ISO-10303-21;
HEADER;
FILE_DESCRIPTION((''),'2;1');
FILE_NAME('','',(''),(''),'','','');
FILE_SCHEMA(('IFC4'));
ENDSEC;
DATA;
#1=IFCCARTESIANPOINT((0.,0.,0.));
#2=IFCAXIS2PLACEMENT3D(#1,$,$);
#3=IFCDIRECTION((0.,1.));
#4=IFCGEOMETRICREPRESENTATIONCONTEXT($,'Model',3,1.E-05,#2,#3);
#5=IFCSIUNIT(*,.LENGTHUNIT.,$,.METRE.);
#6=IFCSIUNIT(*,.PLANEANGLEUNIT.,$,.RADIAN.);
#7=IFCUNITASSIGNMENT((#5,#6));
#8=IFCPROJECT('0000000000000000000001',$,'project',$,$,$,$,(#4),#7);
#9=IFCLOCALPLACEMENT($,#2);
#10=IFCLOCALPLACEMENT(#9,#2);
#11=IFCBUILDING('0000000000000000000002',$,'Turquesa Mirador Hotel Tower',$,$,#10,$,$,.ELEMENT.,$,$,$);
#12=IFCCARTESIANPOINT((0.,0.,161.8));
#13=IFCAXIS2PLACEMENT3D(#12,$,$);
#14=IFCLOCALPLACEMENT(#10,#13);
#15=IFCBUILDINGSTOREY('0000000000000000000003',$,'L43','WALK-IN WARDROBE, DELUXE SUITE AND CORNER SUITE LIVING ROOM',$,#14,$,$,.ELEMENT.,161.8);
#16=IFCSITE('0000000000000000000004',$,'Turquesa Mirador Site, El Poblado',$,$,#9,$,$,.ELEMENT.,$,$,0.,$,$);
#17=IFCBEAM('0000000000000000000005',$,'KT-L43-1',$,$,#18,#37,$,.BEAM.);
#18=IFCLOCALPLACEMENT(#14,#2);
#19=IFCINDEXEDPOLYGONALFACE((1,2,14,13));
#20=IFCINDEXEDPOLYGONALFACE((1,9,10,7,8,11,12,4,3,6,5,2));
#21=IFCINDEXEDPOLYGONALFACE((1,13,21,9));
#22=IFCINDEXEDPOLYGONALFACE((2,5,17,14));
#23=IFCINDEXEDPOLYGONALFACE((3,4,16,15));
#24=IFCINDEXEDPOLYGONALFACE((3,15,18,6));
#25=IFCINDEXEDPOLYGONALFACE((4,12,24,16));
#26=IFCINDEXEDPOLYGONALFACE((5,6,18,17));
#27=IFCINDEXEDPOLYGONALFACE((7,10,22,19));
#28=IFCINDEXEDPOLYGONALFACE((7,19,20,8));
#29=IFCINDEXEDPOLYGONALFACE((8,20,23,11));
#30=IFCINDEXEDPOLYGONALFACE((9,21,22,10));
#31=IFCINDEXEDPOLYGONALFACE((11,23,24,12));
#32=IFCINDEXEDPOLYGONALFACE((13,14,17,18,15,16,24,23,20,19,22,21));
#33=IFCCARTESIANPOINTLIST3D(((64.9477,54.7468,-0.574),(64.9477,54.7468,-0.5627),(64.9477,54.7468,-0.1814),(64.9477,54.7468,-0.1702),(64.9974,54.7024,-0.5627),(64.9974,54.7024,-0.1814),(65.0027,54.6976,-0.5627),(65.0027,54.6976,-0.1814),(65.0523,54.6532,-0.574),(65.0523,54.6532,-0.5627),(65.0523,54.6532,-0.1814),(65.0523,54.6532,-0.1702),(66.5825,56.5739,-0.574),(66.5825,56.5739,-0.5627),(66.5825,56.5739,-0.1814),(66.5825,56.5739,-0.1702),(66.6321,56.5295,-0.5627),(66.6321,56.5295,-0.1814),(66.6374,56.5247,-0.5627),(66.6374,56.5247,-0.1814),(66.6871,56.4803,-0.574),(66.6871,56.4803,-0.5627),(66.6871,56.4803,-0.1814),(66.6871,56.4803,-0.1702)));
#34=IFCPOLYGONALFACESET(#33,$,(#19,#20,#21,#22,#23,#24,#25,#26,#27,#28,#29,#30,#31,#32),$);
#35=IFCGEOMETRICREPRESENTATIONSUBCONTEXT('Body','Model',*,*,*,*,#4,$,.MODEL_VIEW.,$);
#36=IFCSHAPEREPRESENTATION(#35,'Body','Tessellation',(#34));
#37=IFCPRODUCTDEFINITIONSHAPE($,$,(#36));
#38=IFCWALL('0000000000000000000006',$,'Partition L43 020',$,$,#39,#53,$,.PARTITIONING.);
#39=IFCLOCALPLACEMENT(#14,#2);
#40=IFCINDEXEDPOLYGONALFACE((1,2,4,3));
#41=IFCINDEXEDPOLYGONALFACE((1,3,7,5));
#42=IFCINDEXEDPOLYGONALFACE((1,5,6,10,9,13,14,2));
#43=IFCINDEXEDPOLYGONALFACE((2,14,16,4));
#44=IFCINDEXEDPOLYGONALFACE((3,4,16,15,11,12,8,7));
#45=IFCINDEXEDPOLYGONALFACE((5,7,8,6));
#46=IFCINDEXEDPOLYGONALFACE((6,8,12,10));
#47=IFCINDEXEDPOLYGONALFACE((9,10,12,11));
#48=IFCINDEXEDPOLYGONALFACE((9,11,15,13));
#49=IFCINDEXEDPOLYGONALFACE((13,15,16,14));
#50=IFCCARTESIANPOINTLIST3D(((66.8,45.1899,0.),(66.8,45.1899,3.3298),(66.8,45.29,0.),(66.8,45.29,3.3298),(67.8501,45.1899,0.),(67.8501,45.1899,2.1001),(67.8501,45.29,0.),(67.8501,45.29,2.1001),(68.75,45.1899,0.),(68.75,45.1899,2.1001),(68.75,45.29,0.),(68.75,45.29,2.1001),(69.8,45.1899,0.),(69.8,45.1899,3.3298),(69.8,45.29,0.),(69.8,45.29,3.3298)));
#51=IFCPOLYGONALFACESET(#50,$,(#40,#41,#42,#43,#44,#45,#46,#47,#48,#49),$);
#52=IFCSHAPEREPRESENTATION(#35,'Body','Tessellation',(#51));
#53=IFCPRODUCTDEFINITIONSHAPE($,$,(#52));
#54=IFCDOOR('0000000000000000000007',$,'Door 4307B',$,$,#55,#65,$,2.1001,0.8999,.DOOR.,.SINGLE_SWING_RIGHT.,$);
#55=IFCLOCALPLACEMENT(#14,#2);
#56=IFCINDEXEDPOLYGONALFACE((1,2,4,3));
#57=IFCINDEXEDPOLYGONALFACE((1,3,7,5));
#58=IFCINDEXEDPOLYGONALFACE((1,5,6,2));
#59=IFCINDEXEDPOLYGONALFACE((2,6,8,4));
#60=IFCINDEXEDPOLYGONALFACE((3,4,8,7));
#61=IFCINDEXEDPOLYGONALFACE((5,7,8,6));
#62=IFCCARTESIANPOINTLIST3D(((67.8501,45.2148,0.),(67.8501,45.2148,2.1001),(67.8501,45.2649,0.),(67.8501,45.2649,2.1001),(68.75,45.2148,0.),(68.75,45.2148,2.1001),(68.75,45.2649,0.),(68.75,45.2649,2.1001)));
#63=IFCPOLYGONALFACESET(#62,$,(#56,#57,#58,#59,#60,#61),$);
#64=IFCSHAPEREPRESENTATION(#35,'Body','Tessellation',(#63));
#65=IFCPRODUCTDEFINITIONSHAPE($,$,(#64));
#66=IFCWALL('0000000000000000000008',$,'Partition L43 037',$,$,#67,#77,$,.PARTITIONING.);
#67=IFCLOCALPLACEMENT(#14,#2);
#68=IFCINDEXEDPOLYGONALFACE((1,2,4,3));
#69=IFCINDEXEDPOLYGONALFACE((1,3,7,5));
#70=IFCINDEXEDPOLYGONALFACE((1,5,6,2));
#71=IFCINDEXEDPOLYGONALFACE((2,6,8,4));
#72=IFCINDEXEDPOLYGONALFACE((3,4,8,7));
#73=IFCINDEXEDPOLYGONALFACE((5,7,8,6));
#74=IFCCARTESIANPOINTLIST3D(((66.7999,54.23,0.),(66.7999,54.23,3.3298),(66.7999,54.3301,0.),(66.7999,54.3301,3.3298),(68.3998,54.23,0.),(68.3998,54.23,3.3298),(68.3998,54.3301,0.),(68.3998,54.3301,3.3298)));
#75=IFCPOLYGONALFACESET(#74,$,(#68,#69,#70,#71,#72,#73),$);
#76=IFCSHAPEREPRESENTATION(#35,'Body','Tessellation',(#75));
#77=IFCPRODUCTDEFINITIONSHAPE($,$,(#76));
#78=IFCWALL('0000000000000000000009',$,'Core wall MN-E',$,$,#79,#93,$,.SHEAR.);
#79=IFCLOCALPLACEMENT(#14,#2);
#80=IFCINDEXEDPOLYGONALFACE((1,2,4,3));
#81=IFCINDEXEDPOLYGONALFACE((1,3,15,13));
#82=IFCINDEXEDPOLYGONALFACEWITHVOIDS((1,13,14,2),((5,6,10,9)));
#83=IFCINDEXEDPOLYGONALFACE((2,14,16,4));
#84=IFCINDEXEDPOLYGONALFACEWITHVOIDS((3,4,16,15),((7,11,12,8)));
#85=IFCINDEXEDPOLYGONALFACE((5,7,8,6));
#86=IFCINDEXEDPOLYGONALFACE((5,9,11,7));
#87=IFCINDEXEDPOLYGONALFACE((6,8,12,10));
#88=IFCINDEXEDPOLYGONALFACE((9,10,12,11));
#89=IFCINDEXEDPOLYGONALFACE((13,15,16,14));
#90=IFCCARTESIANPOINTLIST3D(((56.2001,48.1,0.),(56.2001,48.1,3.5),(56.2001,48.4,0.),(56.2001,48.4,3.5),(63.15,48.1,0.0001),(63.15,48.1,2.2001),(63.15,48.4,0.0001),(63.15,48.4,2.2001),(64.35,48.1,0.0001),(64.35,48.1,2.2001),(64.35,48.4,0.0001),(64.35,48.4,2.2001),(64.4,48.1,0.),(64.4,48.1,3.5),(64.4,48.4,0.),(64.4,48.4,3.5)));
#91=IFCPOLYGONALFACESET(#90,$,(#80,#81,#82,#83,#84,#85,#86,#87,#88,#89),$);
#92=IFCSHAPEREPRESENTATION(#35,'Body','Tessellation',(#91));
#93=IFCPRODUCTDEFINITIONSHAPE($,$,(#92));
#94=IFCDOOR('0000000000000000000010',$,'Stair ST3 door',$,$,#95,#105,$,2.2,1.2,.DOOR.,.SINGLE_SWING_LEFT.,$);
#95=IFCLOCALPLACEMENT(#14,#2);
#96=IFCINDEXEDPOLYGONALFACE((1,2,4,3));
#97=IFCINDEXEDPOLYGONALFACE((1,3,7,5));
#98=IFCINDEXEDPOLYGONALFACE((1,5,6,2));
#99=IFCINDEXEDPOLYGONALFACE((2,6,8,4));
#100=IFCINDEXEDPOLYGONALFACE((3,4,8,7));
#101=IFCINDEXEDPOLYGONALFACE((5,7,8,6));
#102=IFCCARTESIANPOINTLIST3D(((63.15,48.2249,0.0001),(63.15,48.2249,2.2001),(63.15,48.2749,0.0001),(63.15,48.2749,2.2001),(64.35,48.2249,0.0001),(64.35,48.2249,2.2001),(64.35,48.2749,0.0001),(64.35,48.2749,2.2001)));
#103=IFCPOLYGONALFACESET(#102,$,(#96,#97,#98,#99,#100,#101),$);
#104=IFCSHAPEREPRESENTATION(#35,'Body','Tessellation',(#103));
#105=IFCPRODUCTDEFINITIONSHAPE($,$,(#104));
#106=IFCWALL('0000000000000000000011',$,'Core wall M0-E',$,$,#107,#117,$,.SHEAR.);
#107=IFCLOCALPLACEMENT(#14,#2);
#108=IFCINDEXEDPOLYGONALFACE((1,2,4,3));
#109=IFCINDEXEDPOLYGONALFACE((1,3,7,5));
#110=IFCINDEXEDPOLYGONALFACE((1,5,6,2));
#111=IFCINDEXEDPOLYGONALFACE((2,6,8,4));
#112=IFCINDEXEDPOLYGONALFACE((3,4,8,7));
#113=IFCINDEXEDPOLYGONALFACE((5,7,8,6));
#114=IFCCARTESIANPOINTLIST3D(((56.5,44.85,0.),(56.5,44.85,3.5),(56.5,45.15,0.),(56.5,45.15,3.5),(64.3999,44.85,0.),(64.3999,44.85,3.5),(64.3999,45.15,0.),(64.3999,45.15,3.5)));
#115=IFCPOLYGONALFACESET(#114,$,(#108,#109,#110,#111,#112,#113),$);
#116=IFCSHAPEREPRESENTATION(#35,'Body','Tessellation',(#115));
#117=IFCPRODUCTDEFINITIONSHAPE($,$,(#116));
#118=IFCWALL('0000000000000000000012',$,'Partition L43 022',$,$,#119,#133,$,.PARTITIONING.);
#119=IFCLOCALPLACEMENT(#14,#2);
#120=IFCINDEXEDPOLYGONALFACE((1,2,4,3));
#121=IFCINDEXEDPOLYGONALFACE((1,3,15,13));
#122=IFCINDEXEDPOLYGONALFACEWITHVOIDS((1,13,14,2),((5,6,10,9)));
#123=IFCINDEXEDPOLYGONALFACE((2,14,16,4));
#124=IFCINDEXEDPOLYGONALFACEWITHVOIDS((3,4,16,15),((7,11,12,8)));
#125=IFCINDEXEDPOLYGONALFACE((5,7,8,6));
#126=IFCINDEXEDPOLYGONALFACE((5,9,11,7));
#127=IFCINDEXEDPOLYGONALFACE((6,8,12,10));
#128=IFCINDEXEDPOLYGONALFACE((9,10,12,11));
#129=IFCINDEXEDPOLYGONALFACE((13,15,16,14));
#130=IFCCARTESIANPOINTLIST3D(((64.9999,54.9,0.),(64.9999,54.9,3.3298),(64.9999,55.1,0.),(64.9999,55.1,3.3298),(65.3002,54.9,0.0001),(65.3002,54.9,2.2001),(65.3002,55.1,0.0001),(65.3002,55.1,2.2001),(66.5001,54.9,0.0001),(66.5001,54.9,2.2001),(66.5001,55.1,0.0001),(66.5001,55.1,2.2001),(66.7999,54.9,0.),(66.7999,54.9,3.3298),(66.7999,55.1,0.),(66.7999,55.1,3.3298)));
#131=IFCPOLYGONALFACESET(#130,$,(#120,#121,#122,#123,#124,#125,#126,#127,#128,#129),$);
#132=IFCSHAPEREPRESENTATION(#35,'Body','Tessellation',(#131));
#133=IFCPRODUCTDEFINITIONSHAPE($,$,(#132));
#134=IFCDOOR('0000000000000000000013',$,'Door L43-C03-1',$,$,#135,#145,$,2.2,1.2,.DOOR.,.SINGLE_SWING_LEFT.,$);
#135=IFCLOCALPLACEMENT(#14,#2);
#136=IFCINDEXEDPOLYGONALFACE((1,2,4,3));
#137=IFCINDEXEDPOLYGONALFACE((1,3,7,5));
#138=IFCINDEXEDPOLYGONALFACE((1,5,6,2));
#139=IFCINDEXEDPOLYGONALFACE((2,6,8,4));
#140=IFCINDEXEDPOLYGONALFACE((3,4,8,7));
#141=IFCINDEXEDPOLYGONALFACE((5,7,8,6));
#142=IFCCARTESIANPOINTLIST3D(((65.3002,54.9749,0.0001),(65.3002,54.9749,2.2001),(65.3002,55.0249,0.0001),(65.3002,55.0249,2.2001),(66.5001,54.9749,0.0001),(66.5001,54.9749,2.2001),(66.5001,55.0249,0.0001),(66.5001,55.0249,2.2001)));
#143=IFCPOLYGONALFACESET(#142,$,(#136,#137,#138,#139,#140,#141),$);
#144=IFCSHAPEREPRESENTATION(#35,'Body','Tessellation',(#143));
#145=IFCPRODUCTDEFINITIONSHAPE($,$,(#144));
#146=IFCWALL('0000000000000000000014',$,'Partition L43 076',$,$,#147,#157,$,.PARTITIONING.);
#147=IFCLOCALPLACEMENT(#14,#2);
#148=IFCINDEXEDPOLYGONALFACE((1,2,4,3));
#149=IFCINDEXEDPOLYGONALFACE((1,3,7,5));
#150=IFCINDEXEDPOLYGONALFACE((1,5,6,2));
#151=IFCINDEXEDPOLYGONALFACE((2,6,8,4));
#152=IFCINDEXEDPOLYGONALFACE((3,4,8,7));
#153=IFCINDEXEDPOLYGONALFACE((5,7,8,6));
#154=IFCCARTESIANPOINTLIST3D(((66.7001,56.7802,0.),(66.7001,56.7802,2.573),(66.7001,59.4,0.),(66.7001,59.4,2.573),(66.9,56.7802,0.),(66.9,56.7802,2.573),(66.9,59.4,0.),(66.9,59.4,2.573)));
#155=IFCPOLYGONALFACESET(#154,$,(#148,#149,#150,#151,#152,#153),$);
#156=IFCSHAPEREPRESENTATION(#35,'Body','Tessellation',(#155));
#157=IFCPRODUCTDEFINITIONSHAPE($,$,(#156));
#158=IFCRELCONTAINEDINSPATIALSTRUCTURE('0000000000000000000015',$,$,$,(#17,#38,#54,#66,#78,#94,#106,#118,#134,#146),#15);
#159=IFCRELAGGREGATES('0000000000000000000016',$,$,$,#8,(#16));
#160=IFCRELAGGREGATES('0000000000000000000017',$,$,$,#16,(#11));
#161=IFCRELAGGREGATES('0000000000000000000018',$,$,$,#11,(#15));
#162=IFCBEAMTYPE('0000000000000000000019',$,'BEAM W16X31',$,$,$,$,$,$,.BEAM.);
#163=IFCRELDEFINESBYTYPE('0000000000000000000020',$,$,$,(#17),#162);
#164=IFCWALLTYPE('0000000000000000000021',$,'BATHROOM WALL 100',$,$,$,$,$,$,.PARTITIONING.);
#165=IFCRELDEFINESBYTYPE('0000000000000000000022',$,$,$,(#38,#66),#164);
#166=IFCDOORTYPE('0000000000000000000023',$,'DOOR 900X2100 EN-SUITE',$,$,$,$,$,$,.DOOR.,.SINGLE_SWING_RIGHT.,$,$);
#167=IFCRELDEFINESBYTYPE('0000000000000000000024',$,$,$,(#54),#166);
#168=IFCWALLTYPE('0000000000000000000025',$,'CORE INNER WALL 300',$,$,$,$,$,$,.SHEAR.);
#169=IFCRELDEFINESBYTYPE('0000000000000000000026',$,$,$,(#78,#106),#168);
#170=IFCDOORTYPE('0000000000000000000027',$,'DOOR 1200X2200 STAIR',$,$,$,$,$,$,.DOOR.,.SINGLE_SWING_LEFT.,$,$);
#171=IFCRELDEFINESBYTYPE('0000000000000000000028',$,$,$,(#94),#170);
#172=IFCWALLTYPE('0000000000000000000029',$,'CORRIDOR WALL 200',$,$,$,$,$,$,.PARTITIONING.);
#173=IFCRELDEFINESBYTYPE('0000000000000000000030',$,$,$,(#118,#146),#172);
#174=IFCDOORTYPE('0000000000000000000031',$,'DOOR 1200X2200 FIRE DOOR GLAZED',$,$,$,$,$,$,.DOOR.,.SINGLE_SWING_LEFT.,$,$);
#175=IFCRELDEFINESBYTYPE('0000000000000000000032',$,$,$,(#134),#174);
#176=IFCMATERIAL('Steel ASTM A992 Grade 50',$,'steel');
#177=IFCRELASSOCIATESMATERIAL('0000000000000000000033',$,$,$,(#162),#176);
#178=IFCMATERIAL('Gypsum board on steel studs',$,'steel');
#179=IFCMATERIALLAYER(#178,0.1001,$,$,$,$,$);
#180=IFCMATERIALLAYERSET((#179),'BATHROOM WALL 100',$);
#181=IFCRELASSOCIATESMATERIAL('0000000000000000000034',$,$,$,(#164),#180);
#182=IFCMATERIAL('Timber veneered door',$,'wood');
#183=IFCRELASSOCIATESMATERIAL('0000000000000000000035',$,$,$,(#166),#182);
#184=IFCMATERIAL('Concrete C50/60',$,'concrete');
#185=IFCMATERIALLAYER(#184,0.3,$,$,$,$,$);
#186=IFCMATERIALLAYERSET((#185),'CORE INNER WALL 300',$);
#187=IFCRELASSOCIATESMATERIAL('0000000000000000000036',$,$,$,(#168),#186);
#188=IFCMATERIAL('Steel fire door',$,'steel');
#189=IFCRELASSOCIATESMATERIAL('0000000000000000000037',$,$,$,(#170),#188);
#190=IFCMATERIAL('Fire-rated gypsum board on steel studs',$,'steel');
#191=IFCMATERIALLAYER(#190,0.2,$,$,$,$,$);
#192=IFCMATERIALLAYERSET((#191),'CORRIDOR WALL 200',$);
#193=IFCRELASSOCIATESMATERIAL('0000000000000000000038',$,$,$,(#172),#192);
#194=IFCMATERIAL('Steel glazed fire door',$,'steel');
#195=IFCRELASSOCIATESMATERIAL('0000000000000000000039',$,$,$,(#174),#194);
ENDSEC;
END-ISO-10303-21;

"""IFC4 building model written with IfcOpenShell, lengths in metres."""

from ifc_helpers import new_model, si_unit, direction, frame, frame_2d, origin, origin_2d, place, context, subcontext, project, spatial, rectangle, i_section, extrude, material, layer, layer_set, material_profile, profile_set, type_object, element, fill, save


model = new_model("IFC4")

# Units and contexts
model_context = context("Model", 3, precision=1e-05, world=origin(), true_north=direction((0.0, 1.0)))
body_context = subcontext(model_context, "Body", "Model", "MODEL_VIEW")
ifc_project = project(units=[si_unit("LENGTHUNIT", "METRE"), si_unit("PLANEANGLEUNIT", "RADIAN")], contexts=[model_context])

# Site, building, storey
site_placement = place(None, origin())
site = spatial("IfcSite", under=ifc_project, at=site_placement, Name="Turquesa Mirador Site, El Poblado", CompositionType="ELEMENT", RefElevation=0.0)
building_placement = place(site_placement, origin())
building = spatial("IfcBuilding", under=site, at=building_placement, Name="Turquesa Mirador Hotel Tower", CompositionType="ELEMENT")
storey_placement = place(building_placement, frame((0.0, 0.0, 161.8)))
storey = spatial("IfcBuildingStorey", under=building, at=storey_placement, Name="L43", Description="WALK-IN WARDROBE, DELUXE SUITE AND CORNER SUITE LIVING ROOM", CompositionType="ELEMENT", Elevation=161.8)

# Beam
ifc_material_1 = material(Name="Steel ASTM A992 Grade 50", Category="steel")
ifc_material_profile = material_profile(ifc_material_1, i_section(OverallWidth=0.1404, OverallDepth=0.4038, WebThickness=0.0071, FlangeThickness=0.0112, at=origin_2d()), Name="W16X31")
ifc_profile_set = profile_set([ifc_material_profile], Name="Steel ASTM A992 Grade 50")
beam_type = type_object("IfcBeamType", Name="BEAM W16X31", PredefinedType="BEAM", material=ifc_profile_set)
beam_placement = place(storey_placement, frame((66.6348, 56.5271, -0.3721), z_axis=(-0.666783, -0.745252, 0.0), x_axis=(0.745252, -0.666783, 0.0)))
element("IfcBeam", 1, at=beam_placement, inside=storey, type_object=beam_type, Name="KT-L43-1", PredefinedType="BEAM", context=body_context, shape_type="SweptSolid", body=[
    extrude(i_section(OverallWidth=0.1404, OverallDepth=0.4038, WebThickness=0.0071, FlangeThickness=0.0112, at=origin_2d()), origin(), (0.0, 0.0, 1.0), 2.4517),
])

# Wall, opening, door
ifc_material_2 = material(Name="Gypsum board on steel studs", Category="steel")
ifc_layer_1 = layer(ifc_material_2, 0.1001)
ifc_layer_set_1 = layer_set([ifc_layer_1], Name="BATHROOM WALL 100")
wall_type_1 = type_object("IfcWallType", Name="BATHROOM WALL 100", PredefinedType="PARTITIONING", material=ifc_layer_set_1)
wall_1_placement = place(storey_placement, frame((66.8, 45.24, 0.0), z_axis=(0.0, 0.0, 1.0), x_axis=(1.0, 0.0, 0.0)))
wall_1 = element("IfcWall", 2, at=wall_1_placement, inside=storey, type_object=wall_type_1, Name="Partition L43 020", PredefinedType="PARTITIONING", context=body_context, shape_type="SweptSolid", body=[
    extrude(rectangle(XDim=3.0, YDim=0.1001, at=frame_2d((1.5, 0.0))), origin(), (0.0, 0.0, 1.0), 3.3298),
])
opening_1_placement = place(wall_1_placement, frame((1.05, 0.0, 0.0)))
opening_1 = element("IfcOpeningElement", 3, at=opening_1_placement, cuts=wall_1, PredefinedType="OPENING", context=body_context, shape_type="SweptSolid", body=[
    extrude(rectangle(XDim=0.8999, YDim=2.1001, at=frame_2d((0.45, 1.05))), frame((0.0, 0.0601, 0.0), z_axis=(0.0, -1.0, 0.0), x_axis=(1.0, 0.0, 0.0)), (0.0, 0.0, 1.0), 0.1201),
])
ifc_material_3 = material(Name="Timber veneered door", Category="wood")
door_type_1 = type_object("IfcDoorType", Name="DOOR 900X2100 EN-SUITE", OperationType="SINGLE_SWING_RIGHT", PredefinedType="DOOR", material=ifc_material_3)
door_1_placement = place(opening_1_placement, origin())
door_1 = element("IfcDoor", 4, at=door_1_placement, inside=storey, type_object=door_type_1, Name="Door 4307B", OperationType="SINGLE_SWING_RIGHT", OverallHeight=2.1001, OverallWidth=0.8999, PredefinedType="DOOR", context=body_context, shape_type="SweptSolid", body=[
    extrude(rectangle(XDim=0.8999, YDim=2.1001, at=frame_2d((0.45, 1.05))), frame((0.0, 0.0249, 0.0), z_axis=(0.0, -1.0, 0.0), x_axis=(1.0, 0.0, 0.0)), (0.0, 0.0, 1.0), 0.05),
])
fill(opening_1, door_1)

# Wall
wall_2_placement = place(storey_placement, frame((66.8, 54.28, 0.0), z_axis=(0.0, 0.0, 1.0), x_axis=(1.0, 0.0, 0.0)))
element("IfcWall", 5, at=wall_2_placement, inside=storey, type_object=wall_type_1, Name="Partition L43 037", PredefinedType="PARTITIONING", context=body_context, shape_type="SweptSolid", body=[
    extrude(rectangle(XDim=1.5999, YDim=0.1001, at=frame_2d((0.7998, 0.0))), origin(), (0.0, 0.0, 1.0), 3.3298),
])

# Wall, opening, door
ifc_material_4 = material(Name="Concrete C50/60", Category="concrete")
ifc_layer_2 = layer(ifc_material_4, 0.3)
ifc_layer_set_2 = layer_set([ifc_layer_2], Name="CORE INNER WALL 300")
wall_type_2 = type_object("IfcWallType", Name="CORE INNER WALL 300", PredefinedType="SHEAR", material=ifc_layer_set_2)
wall_3_placement = place(storey_placement, frame((56.2, 48.25, 0.0), z_axis=(0.0, 0.0, 1.0), x_axis=(1.0, 0.0, 0.0)))
wall_3 = element("IfcWall", 6, at=wall_3_placement, inside=storey, type_object=wall_type_2, Name="Core wall MN-E", PredefinedType="SHEAR", context=body_context, shape_type="SweptSolid", body=[
    extrude(rectangle(XDim=8.2, YDim=0.3, at=frame_2d((4.1001, 0.0))), origin(), (0.0, 0.0, 1.0), 3.5),
])
opening_2_placement = place(wall_3_placement, frame((6.95, 0.0, 0.0)))
opening_2 = element("IfcOpeningElement", 7, at=opening_2_placement, cuts=wall_3, PredefinedType="OPENING", context=body_context, shape_type="SweptSolid", body=[
    extrude(rectangle(XDim=1.2, YDim=2.2, at=frame_2d((0.6001, 1.1001))), frame((0.0, 0.1599, 0.0), z_axis=(0.0, -1.0, 0.0), x_axis=(1.0, 0.0, 0.0)), (0.0, 0.0, 1.0), 0.3201),
])
ifc_material_5 = material(Name="Steel fire door", Category="steel")
door_type_2 = type_object("IfcDoorType", Name="DOOR 1200X2200 STAIR", OperationType="SINGLE_SWING_LEFT", PredefinedType="DOOR", material=ifc_material_5)
door_2_placement = place(opening_2_placement, origin())
door_2 = element("IfcDoor", 8, at=door_2_placement, inside=storey, type_object=door_type_2, Name="Stair ST3 door", OperationType="SINGLE_SWING_LEFT", OverallHeight=2.2, OverallWidth=1.2, PredefinedType="DOOR", context=body_context, shape_type="SweptSolid", body=[
    extrude(rectangle(XDim=1.2, YDim=2.2, at=frame_2d((0.6001, 1.1001))), frame((0.0, 0.0249, 0.0), z_axis=(0.0, -1.0, 0.0), x_axis=(1.0, 0.0, 0.0)), (0.0, 0.0, 1.0), 0.05),
])
fill(opening_2, door_2)

# Wall
wall_4_placement = place(storey_placement, frame((56.5, 45.0, 0.0), z_axis=(0.0, 0.0, 1.0), x_axis=(1.0, 0.0, 0.0)))
element("IfcWall", 9, at=wall_4_placement, inside=storey, type_object=wall_type_2, Name="Core wall M0-E", PredefinedType="SHEAR", context=body_context, shape_type="SweptSolid", body=[
    extrude(rectangle(XDim=7.8999, YDim=0.3, at=frame_2d((3.95, 0.0))), origin(), (0.0, 0.0, 1.0), 3.5),
])

# Wall, opening, door
ifc_material_6 = material(Name="Fire-rated gypsum board on steel studs", Category="steel")
ifc_layer_3 = layer(ifc_material_6, 0.2)
ifc_layer_set_3 = layer_set([ifc_layer_3], Name="CORRIDOR WALL 200")
wall_type_3 = type_object("IfcWallType", Name="CORRIDOR WALL 200", PredefinedType="PARTITIONING", material=ifc_layer_set_3)
wall_5_placement = place(storey_placement, frame((65.0, 55.0, 0.0), z_axis=(0.0, 0.0, 1.0), x_axis=(1.0, 0.0, 0.0)))
wall_5 = element("IfcWall", 10, at=wall_5_placement, inside=storey, type_object=wall_type_3, Name="Partition L43 022", PredefinedType="PARTITIONING", context=body_context, shape_type="SweptSolid", body=[
    extrude(rectangle(XDim=1.8, YDim=0.2, at=frame_2d((0.8999, 0.0))), origin(), (0.0, 0.0, 1.0), 3.3298),
])
opening_3_placement = place(wall_5_placement, frame((0.3, 0.0, 0.0)))
opening_3 = element("IfcOpeningElement", 11, at=opening_3_placement, cuts=wall_5, PredefinedType="OPENING", context=body_context, shape_type="SweptSolid", body=[
    extrude(rectangle(XDim=1.2, YDim=2.2, at=frame_2d((0.6001, 1.1001))), frame((0.0, 0.1099, 0.0), z_axis=(0.0, -1.0, 0.0), x_axis=(1.0, 0.0, 0.0)), (0.0, 0.0, 1.0), 0.22),
])
ifc_material_7 = material(Name="Steel glazed fire door", Category="steel")
door_type_3 = type_object("IfcDoorType", Name="DOOR 1200X2200 FIRE DOOR GLAZED", OperationType="SINGLE_SWING_LEFT", PredefinedType="DOOR", material=ifc_material_7)
door_3_placement = place(opening_3_placement, origin())
door_3 = element("IfcDoor", 12, at=door_3_placement, inside=storey, type_object=door_type_3, Name="Door L43-C03-1", OperationType="SINGLE_SWING_LEFT", OverallHeight=2.2, OverallWidth=1.2, PredefinedType="DOOR", context=body_context, shape_type="SweptSolid", body=[
    extrude(rectangle(XDim=1.2, YDim=2.2, at=frame_2d((0.6001, 1.1001))), frame((0.0, 0.0249, 0.0), z_axis=(0.0, -1.0, 0.0), x_axis=(1.0, 0.0, 0.0)), (0.0, 0.0, 1.0), 0.05),
])
fill(opening_3, door_3)

# Wall
wall_6_placement = place(storey_placement, frame((66.8, 56.78, 0.0), z_axis=(0.0, 0.0, 1.0), x_axis=(0.0, 1.0, 0.0)))
element("IfcWall", 13, at=wall_6_placement, inside=storey, type_object=wall_type_3, Name="Partition L43 076", PredefinedType="PARTITIONING", context=body_context, shape_type="SweptSolid", body=[
    extrude(rectangle(XDim=2.6199, YDim=0.2, at=frame_2d((1.3101, 0.0))), origin(), (0.0, 0.0, 1.0), 2.573),
])

save(model, "model.ifc")
